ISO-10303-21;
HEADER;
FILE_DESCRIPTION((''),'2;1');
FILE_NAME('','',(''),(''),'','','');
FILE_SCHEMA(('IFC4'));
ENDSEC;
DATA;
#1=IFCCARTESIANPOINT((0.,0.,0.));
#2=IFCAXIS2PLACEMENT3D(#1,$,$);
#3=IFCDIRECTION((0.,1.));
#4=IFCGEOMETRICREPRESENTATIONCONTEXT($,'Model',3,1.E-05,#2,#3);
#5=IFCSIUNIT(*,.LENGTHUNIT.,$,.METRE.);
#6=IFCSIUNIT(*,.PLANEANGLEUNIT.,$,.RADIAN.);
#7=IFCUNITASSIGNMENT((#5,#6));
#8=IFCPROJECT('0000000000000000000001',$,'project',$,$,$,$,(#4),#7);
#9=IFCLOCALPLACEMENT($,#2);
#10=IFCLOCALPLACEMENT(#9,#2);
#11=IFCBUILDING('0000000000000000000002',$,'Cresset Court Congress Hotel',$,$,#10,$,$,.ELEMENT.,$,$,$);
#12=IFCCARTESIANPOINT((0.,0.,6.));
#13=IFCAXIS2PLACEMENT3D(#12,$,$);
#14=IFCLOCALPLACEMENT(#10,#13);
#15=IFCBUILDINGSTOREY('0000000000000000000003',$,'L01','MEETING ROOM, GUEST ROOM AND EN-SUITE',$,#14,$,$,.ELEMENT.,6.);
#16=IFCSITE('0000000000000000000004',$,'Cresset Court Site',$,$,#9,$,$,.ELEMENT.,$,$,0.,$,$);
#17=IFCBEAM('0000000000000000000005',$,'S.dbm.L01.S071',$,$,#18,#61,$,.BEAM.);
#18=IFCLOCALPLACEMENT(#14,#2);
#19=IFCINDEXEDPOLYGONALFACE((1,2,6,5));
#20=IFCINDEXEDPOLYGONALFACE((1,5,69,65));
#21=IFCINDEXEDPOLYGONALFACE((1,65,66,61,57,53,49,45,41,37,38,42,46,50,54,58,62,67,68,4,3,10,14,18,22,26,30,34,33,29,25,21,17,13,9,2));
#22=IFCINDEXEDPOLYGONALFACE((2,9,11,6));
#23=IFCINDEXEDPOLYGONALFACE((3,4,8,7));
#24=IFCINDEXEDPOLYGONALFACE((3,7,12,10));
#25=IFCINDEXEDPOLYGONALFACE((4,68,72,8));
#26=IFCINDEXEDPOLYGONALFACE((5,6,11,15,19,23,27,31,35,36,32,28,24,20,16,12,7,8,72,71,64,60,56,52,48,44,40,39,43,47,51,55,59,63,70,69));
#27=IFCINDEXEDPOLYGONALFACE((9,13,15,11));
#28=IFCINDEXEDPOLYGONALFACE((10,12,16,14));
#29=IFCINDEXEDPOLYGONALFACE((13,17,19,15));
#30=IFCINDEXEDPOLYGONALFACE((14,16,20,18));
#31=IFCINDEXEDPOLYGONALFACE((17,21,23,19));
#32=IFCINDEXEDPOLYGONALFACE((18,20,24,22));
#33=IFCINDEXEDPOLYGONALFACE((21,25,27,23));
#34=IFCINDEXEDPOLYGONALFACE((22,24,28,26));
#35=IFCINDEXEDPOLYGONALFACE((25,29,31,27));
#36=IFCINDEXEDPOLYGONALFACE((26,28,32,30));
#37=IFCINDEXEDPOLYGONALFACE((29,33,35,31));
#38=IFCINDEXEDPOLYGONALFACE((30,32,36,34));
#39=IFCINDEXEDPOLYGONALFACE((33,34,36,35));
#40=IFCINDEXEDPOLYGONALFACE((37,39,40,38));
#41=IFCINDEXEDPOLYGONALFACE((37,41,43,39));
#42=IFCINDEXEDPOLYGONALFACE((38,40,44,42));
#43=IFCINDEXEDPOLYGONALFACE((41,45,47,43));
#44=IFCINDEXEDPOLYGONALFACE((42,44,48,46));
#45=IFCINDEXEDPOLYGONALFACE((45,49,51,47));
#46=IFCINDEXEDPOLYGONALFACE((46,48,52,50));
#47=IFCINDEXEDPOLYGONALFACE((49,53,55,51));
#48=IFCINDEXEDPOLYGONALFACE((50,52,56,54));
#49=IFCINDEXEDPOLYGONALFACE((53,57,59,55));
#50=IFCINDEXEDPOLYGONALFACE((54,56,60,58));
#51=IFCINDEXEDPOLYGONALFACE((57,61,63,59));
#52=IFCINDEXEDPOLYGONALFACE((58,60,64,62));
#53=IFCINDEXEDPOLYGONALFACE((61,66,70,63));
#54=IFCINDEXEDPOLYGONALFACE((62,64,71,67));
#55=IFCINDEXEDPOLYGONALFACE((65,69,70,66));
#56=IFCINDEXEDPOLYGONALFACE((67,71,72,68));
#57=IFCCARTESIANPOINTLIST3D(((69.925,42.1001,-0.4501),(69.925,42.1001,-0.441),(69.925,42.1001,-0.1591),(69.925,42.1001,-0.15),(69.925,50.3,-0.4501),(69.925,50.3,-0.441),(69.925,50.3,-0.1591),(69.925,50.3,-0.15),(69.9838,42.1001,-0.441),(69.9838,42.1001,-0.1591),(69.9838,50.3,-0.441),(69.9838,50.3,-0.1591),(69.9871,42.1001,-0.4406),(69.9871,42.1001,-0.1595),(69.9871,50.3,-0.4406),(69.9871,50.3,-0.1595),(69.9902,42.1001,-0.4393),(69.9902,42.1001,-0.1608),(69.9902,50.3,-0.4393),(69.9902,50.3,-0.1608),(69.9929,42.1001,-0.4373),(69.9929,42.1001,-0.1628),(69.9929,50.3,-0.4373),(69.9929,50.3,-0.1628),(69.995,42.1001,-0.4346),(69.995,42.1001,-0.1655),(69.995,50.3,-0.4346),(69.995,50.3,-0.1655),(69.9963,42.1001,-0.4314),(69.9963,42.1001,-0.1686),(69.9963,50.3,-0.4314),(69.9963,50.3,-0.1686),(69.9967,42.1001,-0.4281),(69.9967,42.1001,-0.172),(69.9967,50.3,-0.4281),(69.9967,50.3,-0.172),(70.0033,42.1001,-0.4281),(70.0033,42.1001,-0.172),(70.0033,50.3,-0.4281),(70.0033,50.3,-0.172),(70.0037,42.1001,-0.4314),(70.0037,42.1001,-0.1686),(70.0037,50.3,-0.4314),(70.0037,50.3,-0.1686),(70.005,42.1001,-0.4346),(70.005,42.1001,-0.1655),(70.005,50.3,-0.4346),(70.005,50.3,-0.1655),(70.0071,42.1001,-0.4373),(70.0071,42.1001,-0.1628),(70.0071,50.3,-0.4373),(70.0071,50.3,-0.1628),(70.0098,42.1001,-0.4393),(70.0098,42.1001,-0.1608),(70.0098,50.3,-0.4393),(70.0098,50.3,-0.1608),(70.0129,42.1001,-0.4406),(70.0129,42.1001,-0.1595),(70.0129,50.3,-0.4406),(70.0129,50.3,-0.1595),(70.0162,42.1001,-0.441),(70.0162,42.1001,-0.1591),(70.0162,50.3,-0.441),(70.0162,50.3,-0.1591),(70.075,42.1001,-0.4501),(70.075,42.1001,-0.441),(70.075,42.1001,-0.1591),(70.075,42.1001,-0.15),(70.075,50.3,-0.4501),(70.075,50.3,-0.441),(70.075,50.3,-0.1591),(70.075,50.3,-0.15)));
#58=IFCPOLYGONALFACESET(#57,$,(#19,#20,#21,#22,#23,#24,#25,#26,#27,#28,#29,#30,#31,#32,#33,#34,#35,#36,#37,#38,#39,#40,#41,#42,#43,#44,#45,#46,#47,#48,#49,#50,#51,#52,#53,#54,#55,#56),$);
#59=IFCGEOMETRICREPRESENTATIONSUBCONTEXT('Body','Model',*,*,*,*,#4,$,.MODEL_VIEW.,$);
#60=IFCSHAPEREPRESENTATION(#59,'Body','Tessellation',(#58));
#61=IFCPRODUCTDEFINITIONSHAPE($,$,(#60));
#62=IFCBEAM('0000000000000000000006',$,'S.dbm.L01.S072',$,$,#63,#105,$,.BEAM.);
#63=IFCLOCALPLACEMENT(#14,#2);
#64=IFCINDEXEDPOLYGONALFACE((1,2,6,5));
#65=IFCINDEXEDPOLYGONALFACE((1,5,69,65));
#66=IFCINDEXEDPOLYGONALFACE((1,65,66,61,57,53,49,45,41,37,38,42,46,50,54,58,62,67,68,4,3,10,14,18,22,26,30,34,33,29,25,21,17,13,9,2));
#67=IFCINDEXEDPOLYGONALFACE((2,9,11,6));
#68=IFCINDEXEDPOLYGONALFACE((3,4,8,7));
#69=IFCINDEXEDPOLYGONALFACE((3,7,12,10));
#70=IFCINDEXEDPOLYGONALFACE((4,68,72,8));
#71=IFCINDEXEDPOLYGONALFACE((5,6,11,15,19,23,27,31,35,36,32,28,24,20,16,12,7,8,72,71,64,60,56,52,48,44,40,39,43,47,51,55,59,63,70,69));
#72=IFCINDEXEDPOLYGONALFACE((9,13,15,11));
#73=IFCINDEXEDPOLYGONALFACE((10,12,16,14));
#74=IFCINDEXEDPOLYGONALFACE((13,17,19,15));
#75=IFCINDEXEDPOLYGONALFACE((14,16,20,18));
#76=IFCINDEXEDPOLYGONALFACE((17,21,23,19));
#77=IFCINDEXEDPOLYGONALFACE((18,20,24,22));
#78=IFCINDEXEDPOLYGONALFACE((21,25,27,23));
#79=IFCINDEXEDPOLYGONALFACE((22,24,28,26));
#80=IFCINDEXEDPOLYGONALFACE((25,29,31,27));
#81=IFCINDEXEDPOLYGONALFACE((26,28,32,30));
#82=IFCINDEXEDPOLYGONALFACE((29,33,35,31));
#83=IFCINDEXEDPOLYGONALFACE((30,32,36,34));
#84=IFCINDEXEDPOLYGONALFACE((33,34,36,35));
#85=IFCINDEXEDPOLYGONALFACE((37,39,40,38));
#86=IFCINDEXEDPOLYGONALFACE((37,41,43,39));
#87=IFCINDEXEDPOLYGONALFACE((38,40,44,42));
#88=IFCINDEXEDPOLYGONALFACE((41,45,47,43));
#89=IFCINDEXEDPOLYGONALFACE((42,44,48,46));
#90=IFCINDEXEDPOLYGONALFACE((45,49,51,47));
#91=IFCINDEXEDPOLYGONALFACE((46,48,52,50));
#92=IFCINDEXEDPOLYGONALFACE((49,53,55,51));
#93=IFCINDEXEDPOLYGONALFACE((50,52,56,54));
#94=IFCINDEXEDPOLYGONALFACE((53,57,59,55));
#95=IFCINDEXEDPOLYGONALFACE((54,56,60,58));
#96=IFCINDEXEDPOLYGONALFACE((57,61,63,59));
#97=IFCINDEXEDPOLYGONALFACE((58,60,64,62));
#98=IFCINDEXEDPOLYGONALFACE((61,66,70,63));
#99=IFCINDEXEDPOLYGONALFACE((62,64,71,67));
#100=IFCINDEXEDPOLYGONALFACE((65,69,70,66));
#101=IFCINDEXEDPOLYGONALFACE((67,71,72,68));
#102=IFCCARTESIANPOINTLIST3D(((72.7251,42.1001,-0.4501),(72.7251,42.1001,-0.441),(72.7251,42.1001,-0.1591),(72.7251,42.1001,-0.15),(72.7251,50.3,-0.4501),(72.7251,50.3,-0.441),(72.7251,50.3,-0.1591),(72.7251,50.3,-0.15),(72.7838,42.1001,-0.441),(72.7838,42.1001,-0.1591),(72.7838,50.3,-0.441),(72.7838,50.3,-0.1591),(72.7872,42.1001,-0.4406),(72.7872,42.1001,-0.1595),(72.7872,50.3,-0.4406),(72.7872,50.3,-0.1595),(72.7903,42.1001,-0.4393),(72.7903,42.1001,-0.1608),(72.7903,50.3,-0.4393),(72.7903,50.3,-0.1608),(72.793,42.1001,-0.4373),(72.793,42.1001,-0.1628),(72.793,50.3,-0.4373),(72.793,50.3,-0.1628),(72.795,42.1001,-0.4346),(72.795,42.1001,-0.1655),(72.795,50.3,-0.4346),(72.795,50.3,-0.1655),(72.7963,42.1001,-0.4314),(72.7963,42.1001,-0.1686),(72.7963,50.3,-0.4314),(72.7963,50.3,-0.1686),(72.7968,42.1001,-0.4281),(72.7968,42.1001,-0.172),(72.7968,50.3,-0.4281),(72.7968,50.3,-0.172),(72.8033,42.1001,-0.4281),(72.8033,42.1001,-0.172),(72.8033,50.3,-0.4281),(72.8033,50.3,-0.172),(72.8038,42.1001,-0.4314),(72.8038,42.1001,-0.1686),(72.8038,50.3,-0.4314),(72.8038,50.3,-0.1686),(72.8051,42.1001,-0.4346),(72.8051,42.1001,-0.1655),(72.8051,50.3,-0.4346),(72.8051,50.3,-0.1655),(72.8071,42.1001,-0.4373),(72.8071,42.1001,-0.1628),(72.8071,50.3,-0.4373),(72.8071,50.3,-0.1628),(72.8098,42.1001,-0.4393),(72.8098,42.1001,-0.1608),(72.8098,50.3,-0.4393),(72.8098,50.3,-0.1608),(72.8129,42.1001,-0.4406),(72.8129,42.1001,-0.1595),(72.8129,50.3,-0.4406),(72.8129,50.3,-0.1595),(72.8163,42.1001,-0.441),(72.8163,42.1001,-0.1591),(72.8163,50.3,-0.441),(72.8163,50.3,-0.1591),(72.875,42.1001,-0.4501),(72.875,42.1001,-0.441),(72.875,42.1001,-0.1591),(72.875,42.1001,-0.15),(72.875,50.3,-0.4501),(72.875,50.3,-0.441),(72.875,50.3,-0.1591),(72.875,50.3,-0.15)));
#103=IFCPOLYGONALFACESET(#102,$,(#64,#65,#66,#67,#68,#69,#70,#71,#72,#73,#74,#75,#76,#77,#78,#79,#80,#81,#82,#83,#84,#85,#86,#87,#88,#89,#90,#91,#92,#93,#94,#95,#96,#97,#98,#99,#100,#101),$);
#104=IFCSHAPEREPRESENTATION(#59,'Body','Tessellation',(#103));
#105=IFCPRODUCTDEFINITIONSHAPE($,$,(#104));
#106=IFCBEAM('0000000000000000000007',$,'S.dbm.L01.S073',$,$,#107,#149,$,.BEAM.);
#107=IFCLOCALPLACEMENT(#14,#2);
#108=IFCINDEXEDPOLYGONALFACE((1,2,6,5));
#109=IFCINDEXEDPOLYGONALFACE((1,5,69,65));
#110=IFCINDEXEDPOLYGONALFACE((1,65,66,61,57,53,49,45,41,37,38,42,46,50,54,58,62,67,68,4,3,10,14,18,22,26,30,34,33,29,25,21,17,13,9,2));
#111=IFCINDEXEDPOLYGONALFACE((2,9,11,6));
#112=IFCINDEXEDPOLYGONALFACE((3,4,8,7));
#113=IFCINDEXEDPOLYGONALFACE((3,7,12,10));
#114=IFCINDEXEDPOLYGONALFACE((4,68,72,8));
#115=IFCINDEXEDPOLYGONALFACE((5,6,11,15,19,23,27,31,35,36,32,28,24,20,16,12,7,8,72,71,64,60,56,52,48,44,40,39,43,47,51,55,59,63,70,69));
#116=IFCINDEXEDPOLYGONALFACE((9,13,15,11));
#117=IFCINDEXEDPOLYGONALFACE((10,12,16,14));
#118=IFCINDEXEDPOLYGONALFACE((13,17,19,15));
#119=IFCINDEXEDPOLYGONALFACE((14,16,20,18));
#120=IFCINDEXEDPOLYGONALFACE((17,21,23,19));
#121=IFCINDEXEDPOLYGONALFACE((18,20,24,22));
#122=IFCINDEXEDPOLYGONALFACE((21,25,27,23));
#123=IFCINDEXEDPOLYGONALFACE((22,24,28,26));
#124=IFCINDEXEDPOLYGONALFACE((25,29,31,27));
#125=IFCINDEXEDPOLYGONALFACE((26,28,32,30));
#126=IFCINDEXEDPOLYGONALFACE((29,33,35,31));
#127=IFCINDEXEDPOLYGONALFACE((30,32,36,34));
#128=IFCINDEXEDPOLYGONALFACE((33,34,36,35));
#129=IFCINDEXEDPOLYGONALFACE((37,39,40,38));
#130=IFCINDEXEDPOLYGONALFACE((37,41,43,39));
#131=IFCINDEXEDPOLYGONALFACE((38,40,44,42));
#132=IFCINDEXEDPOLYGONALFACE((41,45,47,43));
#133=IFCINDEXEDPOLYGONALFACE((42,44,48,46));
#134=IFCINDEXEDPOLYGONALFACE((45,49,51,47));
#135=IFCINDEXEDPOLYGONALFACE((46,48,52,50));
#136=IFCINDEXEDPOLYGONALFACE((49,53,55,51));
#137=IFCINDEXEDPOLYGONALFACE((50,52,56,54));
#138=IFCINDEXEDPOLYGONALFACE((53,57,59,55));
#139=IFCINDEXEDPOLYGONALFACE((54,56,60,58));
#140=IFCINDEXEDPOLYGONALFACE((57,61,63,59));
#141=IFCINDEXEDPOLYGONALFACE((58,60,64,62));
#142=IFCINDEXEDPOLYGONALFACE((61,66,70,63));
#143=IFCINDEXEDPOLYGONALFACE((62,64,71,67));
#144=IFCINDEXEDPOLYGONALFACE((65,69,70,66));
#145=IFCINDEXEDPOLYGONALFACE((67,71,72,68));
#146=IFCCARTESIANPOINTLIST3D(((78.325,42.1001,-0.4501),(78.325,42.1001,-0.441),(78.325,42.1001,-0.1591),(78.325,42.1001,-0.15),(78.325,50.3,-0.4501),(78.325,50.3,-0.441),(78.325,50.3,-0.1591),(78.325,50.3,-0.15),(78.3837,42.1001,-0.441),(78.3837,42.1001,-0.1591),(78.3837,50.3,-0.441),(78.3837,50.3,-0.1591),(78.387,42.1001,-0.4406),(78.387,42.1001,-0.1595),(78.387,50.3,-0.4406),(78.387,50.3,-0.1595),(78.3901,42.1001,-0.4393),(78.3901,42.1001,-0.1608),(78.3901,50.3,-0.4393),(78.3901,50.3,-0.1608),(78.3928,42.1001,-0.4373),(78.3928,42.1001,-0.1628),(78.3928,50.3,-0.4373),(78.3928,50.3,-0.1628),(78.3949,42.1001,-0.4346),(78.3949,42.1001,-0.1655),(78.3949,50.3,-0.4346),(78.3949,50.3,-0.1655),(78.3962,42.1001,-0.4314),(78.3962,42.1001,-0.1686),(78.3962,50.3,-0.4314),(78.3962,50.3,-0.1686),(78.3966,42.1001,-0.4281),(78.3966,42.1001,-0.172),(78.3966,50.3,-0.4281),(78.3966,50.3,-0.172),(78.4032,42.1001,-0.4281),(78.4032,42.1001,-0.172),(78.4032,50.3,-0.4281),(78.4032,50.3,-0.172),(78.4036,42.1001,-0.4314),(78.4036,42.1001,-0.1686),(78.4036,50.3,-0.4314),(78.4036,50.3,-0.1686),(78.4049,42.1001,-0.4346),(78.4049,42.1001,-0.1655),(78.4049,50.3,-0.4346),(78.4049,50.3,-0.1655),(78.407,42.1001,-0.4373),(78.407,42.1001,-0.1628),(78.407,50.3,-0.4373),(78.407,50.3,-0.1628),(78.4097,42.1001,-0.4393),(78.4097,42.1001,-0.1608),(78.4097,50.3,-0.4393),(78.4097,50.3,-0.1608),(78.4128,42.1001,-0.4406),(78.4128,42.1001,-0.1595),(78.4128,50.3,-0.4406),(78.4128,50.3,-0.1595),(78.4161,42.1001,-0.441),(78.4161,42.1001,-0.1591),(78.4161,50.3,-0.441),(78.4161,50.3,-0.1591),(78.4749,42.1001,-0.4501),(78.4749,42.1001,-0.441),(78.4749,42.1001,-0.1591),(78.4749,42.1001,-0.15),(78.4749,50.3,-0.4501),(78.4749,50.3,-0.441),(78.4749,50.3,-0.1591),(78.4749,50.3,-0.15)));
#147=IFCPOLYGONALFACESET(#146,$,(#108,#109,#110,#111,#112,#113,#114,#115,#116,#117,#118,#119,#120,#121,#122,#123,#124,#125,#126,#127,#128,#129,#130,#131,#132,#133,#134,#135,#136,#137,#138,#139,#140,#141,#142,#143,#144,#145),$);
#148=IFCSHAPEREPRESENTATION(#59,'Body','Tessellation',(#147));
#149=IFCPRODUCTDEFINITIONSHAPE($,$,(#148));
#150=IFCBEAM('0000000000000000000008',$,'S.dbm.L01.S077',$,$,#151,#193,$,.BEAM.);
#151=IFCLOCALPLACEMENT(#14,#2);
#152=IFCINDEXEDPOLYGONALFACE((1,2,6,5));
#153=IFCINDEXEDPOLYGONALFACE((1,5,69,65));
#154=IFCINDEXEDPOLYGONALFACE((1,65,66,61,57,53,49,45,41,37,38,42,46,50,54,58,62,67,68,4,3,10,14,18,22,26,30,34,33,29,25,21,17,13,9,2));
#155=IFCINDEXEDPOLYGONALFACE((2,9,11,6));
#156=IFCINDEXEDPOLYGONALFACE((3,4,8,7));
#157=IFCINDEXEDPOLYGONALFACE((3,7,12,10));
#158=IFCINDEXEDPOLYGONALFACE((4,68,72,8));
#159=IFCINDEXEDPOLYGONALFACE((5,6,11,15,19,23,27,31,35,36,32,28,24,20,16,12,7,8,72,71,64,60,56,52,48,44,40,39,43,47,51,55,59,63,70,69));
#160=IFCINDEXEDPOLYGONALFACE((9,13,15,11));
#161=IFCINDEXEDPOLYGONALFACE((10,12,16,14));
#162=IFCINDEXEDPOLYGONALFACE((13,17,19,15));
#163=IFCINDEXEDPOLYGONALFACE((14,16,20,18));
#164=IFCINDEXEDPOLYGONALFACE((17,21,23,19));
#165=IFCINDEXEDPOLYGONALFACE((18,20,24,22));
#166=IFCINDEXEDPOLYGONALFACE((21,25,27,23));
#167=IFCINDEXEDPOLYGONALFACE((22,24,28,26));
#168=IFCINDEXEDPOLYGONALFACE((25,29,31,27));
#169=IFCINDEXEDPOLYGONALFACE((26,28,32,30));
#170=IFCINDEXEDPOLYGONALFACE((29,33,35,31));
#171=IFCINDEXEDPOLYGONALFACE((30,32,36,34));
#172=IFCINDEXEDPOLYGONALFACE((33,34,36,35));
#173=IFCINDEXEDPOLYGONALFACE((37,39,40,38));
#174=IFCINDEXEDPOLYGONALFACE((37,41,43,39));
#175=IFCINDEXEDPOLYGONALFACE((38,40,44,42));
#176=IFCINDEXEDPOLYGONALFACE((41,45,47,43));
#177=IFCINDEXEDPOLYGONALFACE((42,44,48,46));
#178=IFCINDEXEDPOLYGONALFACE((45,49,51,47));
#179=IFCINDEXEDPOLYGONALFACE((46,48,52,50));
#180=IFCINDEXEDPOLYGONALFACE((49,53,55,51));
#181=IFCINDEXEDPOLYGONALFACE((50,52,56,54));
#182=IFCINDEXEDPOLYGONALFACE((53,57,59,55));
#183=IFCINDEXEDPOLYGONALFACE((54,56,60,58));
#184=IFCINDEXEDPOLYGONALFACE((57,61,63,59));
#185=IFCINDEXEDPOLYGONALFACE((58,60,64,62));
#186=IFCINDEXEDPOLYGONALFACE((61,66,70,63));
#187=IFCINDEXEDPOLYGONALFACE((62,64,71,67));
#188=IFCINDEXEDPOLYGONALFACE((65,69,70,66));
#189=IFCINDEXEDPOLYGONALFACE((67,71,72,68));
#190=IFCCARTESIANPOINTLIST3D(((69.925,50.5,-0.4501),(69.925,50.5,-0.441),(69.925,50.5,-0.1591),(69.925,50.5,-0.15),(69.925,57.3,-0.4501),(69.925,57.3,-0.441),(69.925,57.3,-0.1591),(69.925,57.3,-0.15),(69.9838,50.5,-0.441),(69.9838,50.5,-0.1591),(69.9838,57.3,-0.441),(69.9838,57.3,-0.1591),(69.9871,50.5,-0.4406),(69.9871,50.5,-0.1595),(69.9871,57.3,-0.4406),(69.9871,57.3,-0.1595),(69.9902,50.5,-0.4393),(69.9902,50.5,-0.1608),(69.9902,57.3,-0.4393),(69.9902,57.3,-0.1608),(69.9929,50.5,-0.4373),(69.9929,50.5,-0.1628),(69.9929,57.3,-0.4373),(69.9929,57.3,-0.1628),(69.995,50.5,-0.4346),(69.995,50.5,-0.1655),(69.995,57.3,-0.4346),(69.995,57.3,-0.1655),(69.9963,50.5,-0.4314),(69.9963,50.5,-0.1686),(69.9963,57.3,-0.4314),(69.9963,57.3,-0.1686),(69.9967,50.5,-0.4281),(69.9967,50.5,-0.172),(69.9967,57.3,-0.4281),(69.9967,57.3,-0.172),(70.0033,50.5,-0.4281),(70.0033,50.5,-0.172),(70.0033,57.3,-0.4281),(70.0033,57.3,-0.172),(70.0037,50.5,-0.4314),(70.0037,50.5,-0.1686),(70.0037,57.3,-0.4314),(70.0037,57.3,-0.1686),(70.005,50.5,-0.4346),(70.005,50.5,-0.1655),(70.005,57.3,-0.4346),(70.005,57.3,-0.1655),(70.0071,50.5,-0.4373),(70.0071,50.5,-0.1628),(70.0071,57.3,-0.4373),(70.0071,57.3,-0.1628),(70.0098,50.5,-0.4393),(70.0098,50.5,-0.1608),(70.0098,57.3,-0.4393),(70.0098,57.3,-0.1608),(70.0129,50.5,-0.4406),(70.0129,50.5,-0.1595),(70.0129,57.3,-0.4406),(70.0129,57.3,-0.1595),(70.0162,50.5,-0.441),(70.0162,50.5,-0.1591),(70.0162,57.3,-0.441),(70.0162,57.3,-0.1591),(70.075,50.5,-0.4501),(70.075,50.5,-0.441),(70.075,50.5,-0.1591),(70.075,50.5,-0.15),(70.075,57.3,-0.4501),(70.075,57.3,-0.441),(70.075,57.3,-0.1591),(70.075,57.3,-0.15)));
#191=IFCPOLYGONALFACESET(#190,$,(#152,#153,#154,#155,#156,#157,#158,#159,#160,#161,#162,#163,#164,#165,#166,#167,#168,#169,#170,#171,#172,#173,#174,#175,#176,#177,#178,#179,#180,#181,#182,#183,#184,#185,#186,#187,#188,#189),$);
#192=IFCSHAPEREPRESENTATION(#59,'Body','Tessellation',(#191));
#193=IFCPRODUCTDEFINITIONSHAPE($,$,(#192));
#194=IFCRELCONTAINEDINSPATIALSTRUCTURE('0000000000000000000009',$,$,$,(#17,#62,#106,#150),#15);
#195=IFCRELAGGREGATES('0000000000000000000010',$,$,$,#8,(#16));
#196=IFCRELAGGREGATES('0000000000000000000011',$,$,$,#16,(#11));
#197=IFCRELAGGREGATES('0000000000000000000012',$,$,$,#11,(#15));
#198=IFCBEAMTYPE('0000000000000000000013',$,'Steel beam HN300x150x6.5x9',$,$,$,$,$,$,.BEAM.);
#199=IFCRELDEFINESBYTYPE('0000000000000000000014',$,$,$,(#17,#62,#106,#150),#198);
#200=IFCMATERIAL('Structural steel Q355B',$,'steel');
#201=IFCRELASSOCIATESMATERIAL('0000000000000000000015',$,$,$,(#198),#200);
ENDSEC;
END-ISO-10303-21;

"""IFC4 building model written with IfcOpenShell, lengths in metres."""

from ifc_helpers import new_model, si_unit, direction, frame, origin, origin_2d, place, context, subcontext, project, spatial, i_section, extrude, material, material_profile, profile_set, type_object, element, save


model = new_model("IFC4")

# Units and contexts
model_context = context("Model", 3, precision=1e-05, world=origin(), true_north=direction((0.0, 1.0)))
body_context = subcontext(model_context, "Body", "Model", "MODEL_VIEW")
ifc_project = project(units=[si_unit("LENGTHUNIT", "METRE"), si_unit("PLANEANGLEUNIT", "RADIAN")], contexts=[model_context])

# Site, building, storey
site_placement = place(None, origin())
site = spatial("IfcSite", under=ifc_project, at=site_placement, Name="Cresset Court Site", CompositionType="ELEMENT", RefElevation=0.0)
building_placement = place(site_placement, origin())
building = spatial("IfcBuilding", under=site, at=building_placement, Name="Cresset Court Congress Hotel", CompositionType="ELEMENT")
storey_placement = place(building_placement, frame((0.0, 0.0, 6.0)))
storey = spatial("IfcBuildingStorey", under=building, at=storey_placement, Name="L01", Description="MEETING ROOM, GUEST ROOM AND EN-SUITE", CompositionType="ELEMENT", Elevation=6.0)

# Beams
ifc_material_1 = material(Name="Structural steel Q355B", Category="steel")
ifc_material_profile_1 = material_profile(ifc_material_1, i_section(OverallWidth=0.1499, OverallDepth=0.3, WebThickness=0.0066, FlangeThickness=0.009, FilletRadius=0.0129, at=origin_2d()), Name="HN300x150x6.5x9")
ifc_profile_set_1 = profile_set([ifc_material_profile_1], Name="Structural steel Q355B")
beam_type_1 = type_object("IfcBeamType", Name="Steel beam HN300x150x6.5x9", PredefinedType="BEAM", material=ifc_profile_set_1)
for number, where, z_axis, x_axis, name in (
    (1, (70.0, 42.1001, -0.3), (0.0, 1.0, 0.0), (-1.0, 0.0, 0.0), "S.dbm.L01.S071"),
    (2, (72.8, 42.1001, -0.3), (0.0, 1.0, 0.0), (-1.0, 0.0, 0.0), "S.dbm.L01.S072"),
    (3, (78.3999, 42.1001, -0.3), (0.0, 1.0, 0.0), (-1.0, 0.0, 0.0), "S.dbm.L01.S073"),
):
    element("IfcBeam", number, at=place(storey_placement, frame(where, z_axis=z_axis, x_axis=x_axis)), inside=storey, type_object=beam_type_1, Name=name, PredefinedType="BEAM", context=body_context, shape_type="SweptSolid", body=[
        extrude(i_section(OverallWidth=0.1499, OverallDepth=0.3, WebThickness=0.0066, FlangeThickness=0.009, FilletRadius=0.0129, at=origin_2d()), origin(), (0.0, 0.0, 1.0), 8.2),
    ])
for number, where, z_axis, x_axis, name in (
    (4, (70.0, 50.5, -0.3), (0.0, 1.0, 0.0), (-1.0, 0.0, 0.0), "S.dbm.L01.S077"),
):
    element("IfcBeam", number, at=place(storey_placement, frame(where, z_axis=z_axis, x_axis=x_axis)), inside=storey, type_object=beam_type_1, Name=name, PredefinedType="BEAM", context=body_context, shape_type="SweptSolid", body=[
        extrude(i_section(OverallWidth=0.1499, OverallDepth=0.3, WebThickness=0.0066, FlangeThickness=0.009, FilletRadius=0.0129, at=origin_2d()), origin(), (0.0, 0.0, 1.0), 6.8),
    ])

save(model, "model.ifc")
